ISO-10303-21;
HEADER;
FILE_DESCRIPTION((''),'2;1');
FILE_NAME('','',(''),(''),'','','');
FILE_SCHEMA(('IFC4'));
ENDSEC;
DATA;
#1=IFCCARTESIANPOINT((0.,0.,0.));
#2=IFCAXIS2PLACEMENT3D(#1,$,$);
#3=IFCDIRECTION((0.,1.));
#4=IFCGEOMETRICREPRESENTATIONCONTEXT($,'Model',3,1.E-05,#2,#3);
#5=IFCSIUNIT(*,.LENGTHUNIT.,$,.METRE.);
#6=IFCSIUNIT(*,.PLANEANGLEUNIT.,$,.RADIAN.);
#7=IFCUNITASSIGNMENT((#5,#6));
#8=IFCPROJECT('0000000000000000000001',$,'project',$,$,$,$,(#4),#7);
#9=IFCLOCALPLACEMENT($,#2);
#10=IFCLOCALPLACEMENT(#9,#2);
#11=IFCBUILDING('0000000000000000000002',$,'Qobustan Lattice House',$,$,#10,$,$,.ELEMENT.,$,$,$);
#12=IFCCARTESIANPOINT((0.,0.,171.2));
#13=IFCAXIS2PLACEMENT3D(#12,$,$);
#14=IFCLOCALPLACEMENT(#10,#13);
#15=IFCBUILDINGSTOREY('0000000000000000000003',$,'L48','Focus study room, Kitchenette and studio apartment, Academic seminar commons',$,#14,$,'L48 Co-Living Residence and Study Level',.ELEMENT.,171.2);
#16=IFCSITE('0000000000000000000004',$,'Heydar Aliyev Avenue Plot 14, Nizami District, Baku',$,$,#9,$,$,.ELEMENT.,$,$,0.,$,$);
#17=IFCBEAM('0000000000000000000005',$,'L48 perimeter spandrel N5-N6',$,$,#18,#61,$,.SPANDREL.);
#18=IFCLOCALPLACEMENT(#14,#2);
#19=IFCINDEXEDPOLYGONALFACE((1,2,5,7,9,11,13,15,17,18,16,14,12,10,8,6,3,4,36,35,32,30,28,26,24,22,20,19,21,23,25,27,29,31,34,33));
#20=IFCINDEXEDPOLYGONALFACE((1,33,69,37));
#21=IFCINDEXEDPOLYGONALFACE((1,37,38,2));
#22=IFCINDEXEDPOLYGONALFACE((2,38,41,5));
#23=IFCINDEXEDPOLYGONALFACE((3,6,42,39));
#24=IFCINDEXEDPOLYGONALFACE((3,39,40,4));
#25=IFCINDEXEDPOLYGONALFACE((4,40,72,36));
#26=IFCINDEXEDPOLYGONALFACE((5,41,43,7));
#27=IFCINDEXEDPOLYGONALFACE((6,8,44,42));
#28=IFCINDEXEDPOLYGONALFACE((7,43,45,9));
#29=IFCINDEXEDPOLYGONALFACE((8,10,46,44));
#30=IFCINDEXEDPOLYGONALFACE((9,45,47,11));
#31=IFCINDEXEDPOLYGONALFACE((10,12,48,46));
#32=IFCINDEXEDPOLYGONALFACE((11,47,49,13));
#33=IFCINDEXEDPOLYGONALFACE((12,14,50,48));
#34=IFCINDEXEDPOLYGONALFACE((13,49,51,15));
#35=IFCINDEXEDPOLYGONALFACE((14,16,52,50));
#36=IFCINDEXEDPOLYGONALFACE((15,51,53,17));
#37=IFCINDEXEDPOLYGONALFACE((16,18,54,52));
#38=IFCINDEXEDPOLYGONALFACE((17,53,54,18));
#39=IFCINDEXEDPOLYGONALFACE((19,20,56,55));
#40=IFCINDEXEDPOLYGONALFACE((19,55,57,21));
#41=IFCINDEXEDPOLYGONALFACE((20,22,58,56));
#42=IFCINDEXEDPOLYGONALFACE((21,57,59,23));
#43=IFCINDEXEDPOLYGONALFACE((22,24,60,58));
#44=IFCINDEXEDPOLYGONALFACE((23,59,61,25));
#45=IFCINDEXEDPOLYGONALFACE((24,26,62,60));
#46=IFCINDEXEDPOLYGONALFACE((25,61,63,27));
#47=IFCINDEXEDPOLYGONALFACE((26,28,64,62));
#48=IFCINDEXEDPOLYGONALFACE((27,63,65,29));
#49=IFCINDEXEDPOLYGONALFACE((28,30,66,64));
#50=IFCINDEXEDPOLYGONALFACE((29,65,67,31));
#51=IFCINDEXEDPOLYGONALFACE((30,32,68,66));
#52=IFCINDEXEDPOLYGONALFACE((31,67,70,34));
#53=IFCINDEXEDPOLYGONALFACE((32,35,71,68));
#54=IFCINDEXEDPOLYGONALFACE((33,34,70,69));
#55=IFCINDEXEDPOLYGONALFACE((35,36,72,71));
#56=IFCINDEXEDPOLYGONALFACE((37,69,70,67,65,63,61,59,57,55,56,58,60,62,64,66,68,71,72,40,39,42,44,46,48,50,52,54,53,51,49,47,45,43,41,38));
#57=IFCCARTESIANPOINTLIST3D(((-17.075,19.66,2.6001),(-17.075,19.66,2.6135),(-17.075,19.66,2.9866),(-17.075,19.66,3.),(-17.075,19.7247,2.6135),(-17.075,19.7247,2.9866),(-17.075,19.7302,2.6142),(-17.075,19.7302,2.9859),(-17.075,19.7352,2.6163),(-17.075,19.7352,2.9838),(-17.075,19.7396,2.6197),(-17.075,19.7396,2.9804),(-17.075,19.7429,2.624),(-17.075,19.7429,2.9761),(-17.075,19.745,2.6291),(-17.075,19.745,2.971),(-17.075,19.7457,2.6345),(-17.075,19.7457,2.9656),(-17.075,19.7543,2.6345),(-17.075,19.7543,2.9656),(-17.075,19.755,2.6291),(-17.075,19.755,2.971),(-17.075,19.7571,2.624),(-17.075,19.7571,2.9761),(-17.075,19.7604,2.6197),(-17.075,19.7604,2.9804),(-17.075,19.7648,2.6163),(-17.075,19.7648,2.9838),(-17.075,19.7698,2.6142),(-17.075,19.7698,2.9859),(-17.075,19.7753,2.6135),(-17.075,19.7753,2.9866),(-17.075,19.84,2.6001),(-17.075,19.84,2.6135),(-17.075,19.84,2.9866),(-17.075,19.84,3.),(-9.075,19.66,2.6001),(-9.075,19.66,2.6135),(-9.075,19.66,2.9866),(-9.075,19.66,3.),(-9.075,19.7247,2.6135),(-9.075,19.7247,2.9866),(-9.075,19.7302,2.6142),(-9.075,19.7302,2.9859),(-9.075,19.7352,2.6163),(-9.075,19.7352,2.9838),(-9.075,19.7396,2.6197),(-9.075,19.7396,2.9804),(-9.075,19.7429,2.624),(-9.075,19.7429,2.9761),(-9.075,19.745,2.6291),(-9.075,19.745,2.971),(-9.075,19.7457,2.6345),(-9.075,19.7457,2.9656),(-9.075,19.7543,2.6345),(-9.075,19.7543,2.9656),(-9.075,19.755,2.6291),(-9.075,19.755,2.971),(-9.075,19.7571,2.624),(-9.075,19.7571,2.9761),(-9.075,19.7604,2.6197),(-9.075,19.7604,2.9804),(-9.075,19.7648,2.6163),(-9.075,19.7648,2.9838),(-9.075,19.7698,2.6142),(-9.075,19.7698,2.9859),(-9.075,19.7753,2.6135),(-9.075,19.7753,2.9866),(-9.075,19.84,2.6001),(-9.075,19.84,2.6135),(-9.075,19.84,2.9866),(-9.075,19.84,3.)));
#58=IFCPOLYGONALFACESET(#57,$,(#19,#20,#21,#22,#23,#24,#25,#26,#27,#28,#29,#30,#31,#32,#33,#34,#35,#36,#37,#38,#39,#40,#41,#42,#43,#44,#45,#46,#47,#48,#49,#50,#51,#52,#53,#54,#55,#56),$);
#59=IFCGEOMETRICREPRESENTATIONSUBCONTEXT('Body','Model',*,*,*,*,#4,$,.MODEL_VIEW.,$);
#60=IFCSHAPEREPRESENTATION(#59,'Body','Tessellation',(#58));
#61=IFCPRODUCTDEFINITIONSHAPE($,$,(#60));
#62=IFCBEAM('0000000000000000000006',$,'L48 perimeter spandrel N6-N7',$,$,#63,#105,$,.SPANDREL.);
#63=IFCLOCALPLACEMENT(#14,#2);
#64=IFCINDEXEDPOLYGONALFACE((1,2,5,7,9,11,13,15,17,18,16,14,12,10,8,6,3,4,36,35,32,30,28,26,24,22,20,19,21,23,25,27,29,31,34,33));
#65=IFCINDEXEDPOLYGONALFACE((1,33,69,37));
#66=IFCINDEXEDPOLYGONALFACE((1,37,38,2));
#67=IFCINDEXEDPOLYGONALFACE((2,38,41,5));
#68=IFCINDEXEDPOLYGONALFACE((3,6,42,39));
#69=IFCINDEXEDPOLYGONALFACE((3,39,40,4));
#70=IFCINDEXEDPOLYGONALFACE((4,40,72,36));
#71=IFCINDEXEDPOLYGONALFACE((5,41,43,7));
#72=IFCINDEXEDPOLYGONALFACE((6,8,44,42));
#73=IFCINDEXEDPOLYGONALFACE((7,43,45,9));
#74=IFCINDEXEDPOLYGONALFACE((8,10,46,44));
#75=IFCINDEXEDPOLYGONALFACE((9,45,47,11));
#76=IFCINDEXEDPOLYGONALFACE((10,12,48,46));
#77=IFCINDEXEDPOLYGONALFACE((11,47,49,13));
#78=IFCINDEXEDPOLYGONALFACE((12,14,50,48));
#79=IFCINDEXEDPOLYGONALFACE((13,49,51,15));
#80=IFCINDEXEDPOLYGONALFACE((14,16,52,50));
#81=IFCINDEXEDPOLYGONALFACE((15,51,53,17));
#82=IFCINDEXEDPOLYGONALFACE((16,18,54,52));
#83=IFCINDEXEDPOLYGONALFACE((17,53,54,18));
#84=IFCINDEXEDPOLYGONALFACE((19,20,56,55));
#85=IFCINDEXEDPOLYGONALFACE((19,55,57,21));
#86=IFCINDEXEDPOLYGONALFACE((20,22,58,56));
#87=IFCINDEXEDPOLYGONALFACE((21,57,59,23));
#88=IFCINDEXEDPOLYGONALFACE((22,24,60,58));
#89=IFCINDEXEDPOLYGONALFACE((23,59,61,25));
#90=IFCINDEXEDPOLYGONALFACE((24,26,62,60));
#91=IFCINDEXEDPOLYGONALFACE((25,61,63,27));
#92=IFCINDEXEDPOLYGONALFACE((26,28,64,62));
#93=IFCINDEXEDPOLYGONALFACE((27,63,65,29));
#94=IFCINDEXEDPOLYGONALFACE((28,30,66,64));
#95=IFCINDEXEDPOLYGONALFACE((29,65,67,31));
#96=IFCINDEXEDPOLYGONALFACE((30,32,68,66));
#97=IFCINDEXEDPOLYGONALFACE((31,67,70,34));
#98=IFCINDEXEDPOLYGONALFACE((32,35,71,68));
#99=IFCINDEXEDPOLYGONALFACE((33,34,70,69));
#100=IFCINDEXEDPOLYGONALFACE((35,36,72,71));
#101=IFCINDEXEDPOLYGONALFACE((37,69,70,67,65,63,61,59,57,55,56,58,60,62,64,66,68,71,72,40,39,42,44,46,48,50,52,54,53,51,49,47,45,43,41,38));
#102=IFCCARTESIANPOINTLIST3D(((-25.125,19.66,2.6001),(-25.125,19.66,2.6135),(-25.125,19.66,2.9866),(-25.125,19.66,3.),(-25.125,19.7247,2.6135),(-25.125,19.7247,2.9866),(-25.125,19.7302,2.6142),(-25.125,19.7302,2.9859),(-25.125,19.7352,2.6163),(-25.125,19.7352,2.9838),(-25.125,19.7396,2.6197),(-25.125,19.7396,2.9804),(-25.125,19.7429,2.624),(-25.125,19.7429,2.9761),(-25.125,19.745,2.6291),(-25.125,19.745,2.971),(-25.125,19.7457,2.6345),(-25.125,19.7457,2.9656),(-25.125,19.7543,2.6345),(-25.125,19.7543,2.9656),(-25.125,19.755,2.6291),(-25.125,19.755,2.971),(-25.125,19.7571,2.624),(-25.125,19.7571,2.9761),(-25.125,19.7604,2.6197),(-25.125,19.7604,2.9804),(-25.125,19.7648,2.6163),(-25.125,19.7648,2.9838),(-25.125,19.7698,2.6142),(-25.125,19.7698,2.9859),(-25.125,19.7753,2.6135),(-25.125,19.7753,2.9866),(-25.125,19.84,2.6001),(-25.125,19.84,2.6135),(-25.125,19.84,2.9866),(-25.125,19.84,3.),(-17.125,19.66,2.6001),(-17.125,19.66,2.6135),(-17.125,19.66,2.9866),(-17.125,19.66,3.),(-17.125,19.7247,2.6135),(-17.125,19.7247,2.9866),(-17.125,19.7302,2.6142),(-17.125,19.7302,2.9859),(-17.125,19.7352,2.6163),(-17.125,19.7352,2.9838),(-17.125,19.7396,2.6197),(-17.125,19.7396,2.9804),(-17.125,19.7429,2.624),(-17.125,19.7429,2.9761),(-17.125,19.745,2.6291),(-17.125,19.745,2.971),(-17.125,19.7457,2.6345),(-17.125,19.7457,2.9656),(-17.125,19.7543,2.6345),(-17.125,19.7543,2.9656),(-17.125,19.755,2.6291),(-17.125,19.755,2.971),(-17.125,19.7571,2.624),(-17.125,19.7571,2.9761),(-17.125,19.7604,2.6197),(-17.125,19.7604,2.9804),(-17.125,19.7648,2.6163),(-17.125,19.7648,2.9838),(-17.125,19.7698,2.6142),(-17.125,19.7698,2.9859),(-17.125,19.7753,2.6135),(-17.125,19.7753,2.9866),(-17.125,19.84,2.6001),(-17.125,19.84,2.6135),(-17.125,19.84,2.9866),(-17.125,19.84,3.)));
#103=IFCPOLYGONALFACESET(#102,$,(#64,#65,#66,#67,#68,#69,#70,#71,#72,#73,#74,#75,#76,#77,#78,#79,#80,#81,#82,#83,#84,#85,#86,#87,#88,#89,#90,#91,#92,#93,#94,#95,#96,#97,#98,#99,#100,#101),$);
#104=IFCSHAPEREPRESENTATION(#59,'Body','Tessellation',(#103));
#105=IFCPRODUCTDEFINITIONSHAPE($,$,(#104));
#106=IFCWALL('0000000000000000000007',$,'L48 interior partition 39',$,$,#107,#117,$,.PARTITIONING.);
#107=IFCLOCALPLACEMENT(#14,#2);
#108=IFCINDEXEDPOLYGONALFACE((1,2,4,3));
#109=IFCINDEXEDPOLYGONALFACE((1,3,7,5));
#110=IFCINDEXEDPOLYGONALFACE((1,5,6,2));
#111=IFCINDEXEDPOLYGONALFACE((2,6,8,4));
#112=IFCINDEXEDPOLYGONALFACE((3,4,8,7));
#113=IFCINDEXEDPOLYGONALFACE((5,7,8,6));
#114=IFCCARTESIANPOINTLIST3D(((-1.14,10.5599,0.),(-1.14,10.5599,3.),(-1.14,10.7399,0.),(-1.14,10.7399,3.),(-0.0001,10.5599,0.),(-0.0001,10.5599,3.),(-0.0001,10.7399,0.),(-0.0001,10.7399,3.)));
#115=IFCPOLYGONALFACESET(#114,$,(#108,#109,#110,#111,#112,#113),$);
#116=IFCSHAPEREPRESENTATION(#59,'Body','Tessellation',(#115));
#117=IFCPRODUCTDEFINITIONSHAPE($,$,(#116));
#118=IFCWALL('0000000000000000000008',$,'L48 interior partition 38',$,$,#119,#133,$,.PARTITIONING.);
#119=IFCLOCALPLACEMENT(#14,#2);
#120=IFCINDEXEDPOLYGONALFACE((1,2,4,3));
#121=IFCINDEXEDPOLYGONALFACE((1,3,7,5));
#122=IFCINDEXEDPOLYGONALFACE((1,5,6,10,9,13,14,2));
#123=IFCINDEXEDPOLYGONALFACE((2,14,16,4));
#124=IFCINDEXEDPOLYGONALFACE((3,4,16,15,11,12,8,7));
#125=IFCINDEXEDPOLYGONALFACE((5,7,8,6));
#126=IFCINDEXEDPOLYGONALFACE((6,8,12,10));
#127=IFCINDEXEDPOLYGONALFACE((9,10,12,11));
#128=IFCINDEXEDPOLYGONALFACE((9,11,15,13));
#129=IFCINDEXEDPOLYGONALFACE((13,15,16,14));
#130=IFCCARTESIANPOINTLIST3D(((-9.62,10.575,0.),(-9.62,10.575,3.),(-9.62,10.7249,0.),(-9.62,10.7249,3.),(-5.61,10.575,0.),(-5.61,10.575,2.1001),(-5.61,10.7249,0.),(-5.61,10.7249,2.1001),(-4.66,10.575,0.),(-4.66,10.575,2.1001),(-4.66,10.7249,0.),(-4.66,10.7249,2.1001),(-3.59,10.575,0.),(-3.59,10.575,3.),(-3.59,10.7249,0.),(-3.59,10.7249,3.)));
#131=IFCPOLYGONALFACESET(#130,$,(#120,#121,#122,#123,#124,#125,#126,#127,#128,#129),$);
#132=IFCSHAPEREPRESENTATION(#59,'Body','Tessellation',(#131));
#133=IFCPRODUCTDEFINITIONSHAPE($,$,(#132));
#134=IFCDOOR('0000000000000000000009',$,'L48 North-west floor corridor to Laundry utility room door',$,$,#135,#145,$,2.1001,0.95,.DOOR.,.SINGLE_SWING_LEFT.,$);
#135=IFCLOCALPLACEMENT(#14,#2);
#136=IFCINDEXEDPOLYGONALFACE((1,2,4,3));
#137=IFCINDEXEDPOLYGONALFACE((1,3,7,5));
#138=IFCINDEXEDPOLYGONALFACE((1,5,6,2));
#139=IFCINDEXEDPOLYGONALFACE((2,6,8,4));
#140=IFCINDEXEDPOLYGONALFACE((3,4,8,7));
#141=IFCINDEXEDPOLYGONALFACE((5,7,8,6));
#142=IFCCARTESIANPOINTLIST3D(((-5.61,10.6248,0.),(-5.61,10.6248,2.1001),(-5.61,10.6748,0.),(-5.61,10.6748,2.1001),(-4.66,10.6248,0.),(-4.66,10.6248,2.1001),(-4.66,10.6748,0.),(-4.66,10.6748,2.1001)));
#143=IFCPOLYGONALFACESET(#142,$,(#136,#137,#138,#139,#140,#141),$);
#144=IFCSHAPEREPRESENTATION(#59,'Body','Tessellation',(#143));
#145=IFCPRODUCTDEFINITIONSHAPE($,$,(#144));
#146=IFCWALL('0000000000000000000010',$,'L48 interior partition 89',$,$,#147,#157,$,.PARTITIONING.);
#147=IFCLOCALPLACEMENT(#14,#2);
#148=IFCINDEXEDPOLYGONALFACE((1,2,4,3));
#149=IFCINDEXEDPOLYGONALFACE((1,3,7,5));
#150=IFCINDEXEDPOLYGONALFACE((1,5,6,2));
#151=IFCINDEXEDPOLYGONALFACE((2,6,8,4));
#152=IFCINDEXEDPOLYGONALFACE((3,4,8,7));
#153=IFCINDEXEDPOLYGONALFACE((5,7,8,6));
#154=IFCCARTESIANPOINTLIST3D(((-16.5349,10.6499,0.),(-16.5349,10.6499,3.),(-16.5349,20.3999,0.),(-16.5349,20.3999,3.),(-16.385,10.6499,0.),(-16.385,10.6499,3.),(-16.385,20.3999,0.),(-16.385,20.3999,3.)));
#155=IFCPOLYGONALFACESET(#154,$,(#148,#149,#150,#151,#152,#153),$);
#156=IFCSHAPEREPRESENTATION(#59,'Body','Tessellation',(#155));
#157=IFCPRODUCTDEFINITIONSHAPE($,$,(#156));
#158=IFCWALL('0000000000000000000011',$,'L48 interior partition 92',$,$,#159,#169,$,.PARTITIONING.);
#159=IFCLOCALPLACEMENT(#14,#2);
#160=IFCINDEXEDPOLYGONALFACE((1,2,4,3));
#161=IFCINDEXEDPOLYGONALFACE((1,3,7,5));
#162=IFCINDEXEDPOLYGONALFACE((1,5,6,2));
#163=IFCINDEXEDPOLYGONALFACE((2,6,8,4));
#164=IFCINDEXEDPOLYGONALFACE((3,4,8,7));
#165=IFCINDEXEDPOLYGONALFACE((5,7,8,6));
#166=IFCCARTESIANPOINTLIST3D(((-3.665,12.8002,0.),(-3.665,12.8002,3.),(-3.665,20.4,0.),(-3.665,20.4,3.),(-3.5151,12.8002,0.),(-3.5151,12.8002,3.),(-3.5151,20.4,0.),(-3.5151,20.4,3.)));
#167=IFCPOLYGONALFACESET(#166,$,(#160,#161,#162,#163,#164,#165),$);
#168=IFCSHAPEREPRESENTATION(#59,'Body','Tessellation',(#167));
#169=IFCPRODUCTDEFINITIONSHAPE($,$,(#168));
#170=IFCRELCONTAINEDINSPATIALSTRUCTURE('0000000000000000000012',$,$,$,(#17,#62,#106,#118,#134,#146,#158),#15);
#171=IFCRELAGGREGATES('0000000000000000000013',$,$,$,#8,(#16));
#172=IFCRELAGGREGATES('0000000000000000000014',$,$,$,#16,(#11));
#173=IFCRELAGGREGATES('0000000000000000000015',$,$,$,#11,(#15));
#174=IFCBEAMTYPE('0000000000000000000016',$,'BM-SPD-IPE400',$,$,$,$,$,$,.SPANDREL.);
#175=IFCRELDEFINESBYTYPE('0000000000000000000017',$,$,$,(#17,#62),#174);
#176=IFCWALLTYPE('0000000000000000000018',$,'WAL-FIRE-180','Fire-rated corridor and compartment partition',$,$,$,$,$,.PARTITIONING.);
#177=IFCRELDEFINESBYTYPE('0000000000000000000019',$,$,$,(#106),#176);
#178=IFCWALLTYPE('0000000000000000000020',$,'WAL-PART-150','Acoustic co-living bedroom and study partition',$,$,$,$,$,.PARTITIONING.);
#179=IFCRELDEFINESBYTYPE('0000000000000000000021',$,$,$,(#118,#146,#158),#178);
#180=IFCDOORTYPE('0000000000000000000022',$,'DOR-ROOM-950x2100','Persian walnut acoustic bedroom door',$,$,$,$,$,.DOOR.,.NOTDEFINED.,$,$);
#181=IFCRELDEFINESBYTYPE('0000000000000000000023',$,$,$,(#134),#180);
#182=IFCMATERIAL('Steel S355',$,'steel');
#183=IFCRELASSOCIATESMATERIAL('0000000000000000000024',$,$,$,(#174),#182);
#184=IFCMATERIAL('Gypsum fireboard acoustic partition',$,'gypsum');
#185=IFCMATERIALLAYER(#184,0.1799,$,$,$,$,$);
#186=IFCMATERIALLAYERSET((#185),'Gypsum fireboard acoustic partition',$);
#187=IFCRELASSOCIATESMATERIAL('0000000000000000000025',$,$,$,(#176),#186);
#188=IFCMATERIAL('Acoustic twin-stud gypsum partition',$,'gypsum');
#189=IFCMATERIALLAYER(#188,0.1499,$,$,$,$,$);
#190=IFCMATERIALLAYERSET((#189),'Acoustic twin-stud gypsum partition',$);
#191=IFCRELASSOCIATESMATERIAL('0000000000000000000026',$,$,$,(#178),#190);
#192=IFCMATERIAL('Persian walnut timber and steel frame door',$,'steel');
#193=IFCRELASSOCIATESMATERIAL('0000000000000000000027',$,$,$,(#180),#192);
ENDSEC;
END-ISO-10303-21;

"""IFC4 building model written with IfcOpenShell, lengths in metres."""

from ifc_helpers import new_model, si_unit, direction, frame, frame_2d, origin, origin_2d, place, context, subcontext, project, spatial, rectangle, i_section, extrude, material, layer, layer_set, material_profile, profile_set, type_object, element, fill, save


model = new_model("IFC4")

# Units and contexts
model_context = context("Model", 3, precision=1e-05, world=origin(), true_north=direction((0.0, 1.0)))
body_context = subcontext(model_context, "Body", "Model", "MODEL_VIEW")
ifc_project = project(units=[si_unit("LENGTHUNIT", "METRE"), si_unit("PLANEANGLEUNIT", "RADIAN")], contexts=[model_context])

# Site, building, storey
site_placement = place(None, origin())
site = spatial("IfcSite", under=ifc_project, at=site_placement, Name="Heydar Aliyev Avenue Plot 14, Nizami District, Baku", CompositionType="ELEMENT", RefElevation=0.0)
building_placement = place(site_placement, origin())
building = spatial("IfcBuilding", under=site, at=building_placement, Name="Qobustan Lattice House", CompositionType="ELEMENT")
storey_placement = place(building_placement, frame((0.0, 0.0, 171.2)))
storey = spatial("IfcBuildingStorey", under=building, at=storey_placement, Name="L48", Description="Focus study room, Kitchenette and studio apartment, Academic seminar commons", LongName="L48 Co-Living Residence and Study Level", CompositionType="ELEMENT", Elevation=171.2)

# Beams
ifc_material_1 = material(Name="Steel S355", Category="steel")
ifc_material_profile_1 = material_profile(ifc_material_1, i_section(OverallWidth=0.1799, OverallDepth=0.3999, WebThickness=0.0085, FlangeThickness=0.0134, FilletRadius=0.021, at=origin_2d()), Name="IPE400")
ifc_profile_set_1 = profile_set([ifc_material_profile_1], Name="Steel S355")
beam_type_1 = type_object("IfcBeamType", Name="BM-SPD-IPE400", PredefinedType="SPANDREL", material=ifc_profile_set_1)
for number, where, z_axis, x_axis, name in (
    (1, (-9.075, 19.75, 2.8), (-1.0, 0.0, 0.0), (0.0, -1.0, 0.0), "L48 perimeter spandrel N5-N6"),
    (2, (-17.125, 19.75, 2.8), (-1.0, 0.0, 0.0), (0.0, -1.0, 0.0), "L48 perimeter spandrel N6-N7"),
):
    element("IfcBeam", number, at=place(storey_placement, frame(where, z_axis=z_axis, x_axis=x_axis)), inside=storey, type_object=beam_type_1, Name=name, PredefinedType="SPANDREL", context=body_context, shape_type="SweptSolid", body=[
        extrude(i_section(OverallWidth=0.1799, OverallDepth=0.3999, WebThickness=0.0085, FlangeThickness=0.0134, FilletRadius=0.021, at=origin_2d()), origin(), (0.0, 0.0, 1.0), 8.0),
    ])

# Wall
ifc_material_2 = material(Name="Gypsum fireboard acoustic partition", Category="gypsum")
ifc_layer_1 = layer(ifc_material_2, 0.1799)
ifc_layer_set_1 = layer_set([ifc_layer_1], Name="Gypsum fireboard acoustic partition")
wall_type_1 = type_object("IfcWallType", Name="WAL-FIRE-180", Description="Fire-rated corridor and compartment partition", PredefinedType="PARTITIONING", material=ifc_layer_set_1)
wall_1_placement = place(storey_placement, frame((-1.1399, 10.6499, 0.0), z_axis=(0.0, 0.0, 1.0), x_axis=(1.0, 0.0, 0.0)))
element("IfcWall", 3, at=wall_1_placement, inside=storey, type_object=wall_type_1, Name="L48 interior partition 39", PredefinedType="PARTITIONING", context=body_context, shape_type="SweptSolid", body=[
    extrude(rectangle(XDim=1.1399, YDim=0.1799, at=frame_2d((0.5698, 0.0))), origin(), (0.0, 0.0, 1.0), 3.0),
])

# Wall, opening, door
ifc_material_3 = material(Name="Acoustic twin-stud gypsum partition", Category="gypsum")
ifc_layer_2 = layer(ifc_material_3, 0.1499)
ifc_layer_set_2 = layer_set([ifc_layer_2], Name="Acoustic twin-stud gypsum partition")
wall_type_2 = type_object("IfcWallType", Name="WAL-PART-150", Description="Acoustic co-living bedroom and study partition", PredefinedType="PARTITIONING", material=ifc_layer_set_2)
wall_2_placement = place(storey_placement, frame((-9.6201, 10.6499, 0.0), z_axis=(0.0, 0.0, 1.0), x_axis=(1.0, 0.0, 0.0)))
wall_2 = element("IfcWall", 4, at=wall_2_placement, inside=storey, type_object=wall_type_2, Name="L48 interior partition 38", PredefinedType="PARTITIONING", context=body_context, shape_type="SweptSolid", body=[
    extrude(rectangle(XDim=6.03, YDim=0.1499, at=frame_2d((3.0151, 0.0))), origin(), (0.0, 0.0, 1.0), 3.0),
])
opening_1_placement = place(wall_2_placement, frame((4.01, 0.0, 0.0)))
opening_1 = element("IfcOpeningElement", 5, at=opening_1_placement, cuts=wall_2, PredefinedType="OPENING", context=body_context, shape_type="SweptSolid", body=[
    extrude(rectangle(XDim=0.95, YDim=2.1001, at=frame_2d((0.4751, 1.05))), frame((0.0, 0.085, 0.0), z_axis=(0.0, -1.0, 0.0), x_axis=(1.0, 0.0, 0.0)), (0.0, 0.0, 1.0), 0.1699),
])
ifc_material_4 = material(Name="Persian walnut timber and steel frame door", Category="steel")
door_type_1 = type_object("IfcDoorType", Name="DOR-ROOM-950x2100", Description="Persian walnut acoustic bedroom door", OperationType="NOTDEFINED", PredefinedType="DOOR", material=ifc_material_4)
door_1_placement = place(opening_1_placement, origin())
door_1 = element("IfcDoor", 6, at=door_1_placement, inside=storey, type_object=door_type_1, Name="L48 North-west floor corridor to Laundry utility room door", OperationType="SINGLE_SWING_LEFT", OverallHeight=2.1001, OverallWidth=0.95, PredefinedType="DOOR", context=body_context, shape_type="SweptSolid", body=[
    extrude(rectangle(XDim=0.95, YDim=2.1001, at=frame_2d((0.4751, 1.05))), frame((0.0, 0.0249, 0.0), z_axis=(0.0, -1.0, 0.0), x_axis=(1.0, 0.0, 0.0)), (0.0, 0.0, 1.0), 0.05),
])
fill(opening_1, door_1)

# Walls
wall_3_placement = place(storey_placement, frame((-16.46, 20.3999, 0.0), z_axis=(0.0, 0.0, 1.0), x_axis=(0.0, -1.0, 0.0)))
element("IfcWall", 7, at=wall_3_placement, inside=storey, type_object=wall_type_2, Name="L48 interior partition 89", PredefinedType="PARTITIONING", context=body_context, shape_type="SweptSolid", body=[
    extrude(rectangle(XDim=9.75, YDim=0.1499, at=frame_2d((4.875, 0.0))), origin(), (0.0, 0.0, 1.0), 3.0),
])
wall_4_placement = place(storey_placement, frame((-3.5901, 20.3999, 0.0), z_axis=(0.0, 0.0, 1.0), x_axis=(0.0, -1.0, 0.0)))
element("IfcWall", 8, at=wall_4_placement, inside=storey, type_object=wall_type_2, Name="L48 interior partition 92", PredefinedType="PARTITIONING", context=body_context, shape_type="SweptSolid", body=[
    extrude(rectangle(XDim=7.5999, YDim=0.1499, at=frame_2d((3.7998, 0.0))), origin(), (0.0, 0.0, 1.0), 3.0),
])

save(model, "model.ifc")
